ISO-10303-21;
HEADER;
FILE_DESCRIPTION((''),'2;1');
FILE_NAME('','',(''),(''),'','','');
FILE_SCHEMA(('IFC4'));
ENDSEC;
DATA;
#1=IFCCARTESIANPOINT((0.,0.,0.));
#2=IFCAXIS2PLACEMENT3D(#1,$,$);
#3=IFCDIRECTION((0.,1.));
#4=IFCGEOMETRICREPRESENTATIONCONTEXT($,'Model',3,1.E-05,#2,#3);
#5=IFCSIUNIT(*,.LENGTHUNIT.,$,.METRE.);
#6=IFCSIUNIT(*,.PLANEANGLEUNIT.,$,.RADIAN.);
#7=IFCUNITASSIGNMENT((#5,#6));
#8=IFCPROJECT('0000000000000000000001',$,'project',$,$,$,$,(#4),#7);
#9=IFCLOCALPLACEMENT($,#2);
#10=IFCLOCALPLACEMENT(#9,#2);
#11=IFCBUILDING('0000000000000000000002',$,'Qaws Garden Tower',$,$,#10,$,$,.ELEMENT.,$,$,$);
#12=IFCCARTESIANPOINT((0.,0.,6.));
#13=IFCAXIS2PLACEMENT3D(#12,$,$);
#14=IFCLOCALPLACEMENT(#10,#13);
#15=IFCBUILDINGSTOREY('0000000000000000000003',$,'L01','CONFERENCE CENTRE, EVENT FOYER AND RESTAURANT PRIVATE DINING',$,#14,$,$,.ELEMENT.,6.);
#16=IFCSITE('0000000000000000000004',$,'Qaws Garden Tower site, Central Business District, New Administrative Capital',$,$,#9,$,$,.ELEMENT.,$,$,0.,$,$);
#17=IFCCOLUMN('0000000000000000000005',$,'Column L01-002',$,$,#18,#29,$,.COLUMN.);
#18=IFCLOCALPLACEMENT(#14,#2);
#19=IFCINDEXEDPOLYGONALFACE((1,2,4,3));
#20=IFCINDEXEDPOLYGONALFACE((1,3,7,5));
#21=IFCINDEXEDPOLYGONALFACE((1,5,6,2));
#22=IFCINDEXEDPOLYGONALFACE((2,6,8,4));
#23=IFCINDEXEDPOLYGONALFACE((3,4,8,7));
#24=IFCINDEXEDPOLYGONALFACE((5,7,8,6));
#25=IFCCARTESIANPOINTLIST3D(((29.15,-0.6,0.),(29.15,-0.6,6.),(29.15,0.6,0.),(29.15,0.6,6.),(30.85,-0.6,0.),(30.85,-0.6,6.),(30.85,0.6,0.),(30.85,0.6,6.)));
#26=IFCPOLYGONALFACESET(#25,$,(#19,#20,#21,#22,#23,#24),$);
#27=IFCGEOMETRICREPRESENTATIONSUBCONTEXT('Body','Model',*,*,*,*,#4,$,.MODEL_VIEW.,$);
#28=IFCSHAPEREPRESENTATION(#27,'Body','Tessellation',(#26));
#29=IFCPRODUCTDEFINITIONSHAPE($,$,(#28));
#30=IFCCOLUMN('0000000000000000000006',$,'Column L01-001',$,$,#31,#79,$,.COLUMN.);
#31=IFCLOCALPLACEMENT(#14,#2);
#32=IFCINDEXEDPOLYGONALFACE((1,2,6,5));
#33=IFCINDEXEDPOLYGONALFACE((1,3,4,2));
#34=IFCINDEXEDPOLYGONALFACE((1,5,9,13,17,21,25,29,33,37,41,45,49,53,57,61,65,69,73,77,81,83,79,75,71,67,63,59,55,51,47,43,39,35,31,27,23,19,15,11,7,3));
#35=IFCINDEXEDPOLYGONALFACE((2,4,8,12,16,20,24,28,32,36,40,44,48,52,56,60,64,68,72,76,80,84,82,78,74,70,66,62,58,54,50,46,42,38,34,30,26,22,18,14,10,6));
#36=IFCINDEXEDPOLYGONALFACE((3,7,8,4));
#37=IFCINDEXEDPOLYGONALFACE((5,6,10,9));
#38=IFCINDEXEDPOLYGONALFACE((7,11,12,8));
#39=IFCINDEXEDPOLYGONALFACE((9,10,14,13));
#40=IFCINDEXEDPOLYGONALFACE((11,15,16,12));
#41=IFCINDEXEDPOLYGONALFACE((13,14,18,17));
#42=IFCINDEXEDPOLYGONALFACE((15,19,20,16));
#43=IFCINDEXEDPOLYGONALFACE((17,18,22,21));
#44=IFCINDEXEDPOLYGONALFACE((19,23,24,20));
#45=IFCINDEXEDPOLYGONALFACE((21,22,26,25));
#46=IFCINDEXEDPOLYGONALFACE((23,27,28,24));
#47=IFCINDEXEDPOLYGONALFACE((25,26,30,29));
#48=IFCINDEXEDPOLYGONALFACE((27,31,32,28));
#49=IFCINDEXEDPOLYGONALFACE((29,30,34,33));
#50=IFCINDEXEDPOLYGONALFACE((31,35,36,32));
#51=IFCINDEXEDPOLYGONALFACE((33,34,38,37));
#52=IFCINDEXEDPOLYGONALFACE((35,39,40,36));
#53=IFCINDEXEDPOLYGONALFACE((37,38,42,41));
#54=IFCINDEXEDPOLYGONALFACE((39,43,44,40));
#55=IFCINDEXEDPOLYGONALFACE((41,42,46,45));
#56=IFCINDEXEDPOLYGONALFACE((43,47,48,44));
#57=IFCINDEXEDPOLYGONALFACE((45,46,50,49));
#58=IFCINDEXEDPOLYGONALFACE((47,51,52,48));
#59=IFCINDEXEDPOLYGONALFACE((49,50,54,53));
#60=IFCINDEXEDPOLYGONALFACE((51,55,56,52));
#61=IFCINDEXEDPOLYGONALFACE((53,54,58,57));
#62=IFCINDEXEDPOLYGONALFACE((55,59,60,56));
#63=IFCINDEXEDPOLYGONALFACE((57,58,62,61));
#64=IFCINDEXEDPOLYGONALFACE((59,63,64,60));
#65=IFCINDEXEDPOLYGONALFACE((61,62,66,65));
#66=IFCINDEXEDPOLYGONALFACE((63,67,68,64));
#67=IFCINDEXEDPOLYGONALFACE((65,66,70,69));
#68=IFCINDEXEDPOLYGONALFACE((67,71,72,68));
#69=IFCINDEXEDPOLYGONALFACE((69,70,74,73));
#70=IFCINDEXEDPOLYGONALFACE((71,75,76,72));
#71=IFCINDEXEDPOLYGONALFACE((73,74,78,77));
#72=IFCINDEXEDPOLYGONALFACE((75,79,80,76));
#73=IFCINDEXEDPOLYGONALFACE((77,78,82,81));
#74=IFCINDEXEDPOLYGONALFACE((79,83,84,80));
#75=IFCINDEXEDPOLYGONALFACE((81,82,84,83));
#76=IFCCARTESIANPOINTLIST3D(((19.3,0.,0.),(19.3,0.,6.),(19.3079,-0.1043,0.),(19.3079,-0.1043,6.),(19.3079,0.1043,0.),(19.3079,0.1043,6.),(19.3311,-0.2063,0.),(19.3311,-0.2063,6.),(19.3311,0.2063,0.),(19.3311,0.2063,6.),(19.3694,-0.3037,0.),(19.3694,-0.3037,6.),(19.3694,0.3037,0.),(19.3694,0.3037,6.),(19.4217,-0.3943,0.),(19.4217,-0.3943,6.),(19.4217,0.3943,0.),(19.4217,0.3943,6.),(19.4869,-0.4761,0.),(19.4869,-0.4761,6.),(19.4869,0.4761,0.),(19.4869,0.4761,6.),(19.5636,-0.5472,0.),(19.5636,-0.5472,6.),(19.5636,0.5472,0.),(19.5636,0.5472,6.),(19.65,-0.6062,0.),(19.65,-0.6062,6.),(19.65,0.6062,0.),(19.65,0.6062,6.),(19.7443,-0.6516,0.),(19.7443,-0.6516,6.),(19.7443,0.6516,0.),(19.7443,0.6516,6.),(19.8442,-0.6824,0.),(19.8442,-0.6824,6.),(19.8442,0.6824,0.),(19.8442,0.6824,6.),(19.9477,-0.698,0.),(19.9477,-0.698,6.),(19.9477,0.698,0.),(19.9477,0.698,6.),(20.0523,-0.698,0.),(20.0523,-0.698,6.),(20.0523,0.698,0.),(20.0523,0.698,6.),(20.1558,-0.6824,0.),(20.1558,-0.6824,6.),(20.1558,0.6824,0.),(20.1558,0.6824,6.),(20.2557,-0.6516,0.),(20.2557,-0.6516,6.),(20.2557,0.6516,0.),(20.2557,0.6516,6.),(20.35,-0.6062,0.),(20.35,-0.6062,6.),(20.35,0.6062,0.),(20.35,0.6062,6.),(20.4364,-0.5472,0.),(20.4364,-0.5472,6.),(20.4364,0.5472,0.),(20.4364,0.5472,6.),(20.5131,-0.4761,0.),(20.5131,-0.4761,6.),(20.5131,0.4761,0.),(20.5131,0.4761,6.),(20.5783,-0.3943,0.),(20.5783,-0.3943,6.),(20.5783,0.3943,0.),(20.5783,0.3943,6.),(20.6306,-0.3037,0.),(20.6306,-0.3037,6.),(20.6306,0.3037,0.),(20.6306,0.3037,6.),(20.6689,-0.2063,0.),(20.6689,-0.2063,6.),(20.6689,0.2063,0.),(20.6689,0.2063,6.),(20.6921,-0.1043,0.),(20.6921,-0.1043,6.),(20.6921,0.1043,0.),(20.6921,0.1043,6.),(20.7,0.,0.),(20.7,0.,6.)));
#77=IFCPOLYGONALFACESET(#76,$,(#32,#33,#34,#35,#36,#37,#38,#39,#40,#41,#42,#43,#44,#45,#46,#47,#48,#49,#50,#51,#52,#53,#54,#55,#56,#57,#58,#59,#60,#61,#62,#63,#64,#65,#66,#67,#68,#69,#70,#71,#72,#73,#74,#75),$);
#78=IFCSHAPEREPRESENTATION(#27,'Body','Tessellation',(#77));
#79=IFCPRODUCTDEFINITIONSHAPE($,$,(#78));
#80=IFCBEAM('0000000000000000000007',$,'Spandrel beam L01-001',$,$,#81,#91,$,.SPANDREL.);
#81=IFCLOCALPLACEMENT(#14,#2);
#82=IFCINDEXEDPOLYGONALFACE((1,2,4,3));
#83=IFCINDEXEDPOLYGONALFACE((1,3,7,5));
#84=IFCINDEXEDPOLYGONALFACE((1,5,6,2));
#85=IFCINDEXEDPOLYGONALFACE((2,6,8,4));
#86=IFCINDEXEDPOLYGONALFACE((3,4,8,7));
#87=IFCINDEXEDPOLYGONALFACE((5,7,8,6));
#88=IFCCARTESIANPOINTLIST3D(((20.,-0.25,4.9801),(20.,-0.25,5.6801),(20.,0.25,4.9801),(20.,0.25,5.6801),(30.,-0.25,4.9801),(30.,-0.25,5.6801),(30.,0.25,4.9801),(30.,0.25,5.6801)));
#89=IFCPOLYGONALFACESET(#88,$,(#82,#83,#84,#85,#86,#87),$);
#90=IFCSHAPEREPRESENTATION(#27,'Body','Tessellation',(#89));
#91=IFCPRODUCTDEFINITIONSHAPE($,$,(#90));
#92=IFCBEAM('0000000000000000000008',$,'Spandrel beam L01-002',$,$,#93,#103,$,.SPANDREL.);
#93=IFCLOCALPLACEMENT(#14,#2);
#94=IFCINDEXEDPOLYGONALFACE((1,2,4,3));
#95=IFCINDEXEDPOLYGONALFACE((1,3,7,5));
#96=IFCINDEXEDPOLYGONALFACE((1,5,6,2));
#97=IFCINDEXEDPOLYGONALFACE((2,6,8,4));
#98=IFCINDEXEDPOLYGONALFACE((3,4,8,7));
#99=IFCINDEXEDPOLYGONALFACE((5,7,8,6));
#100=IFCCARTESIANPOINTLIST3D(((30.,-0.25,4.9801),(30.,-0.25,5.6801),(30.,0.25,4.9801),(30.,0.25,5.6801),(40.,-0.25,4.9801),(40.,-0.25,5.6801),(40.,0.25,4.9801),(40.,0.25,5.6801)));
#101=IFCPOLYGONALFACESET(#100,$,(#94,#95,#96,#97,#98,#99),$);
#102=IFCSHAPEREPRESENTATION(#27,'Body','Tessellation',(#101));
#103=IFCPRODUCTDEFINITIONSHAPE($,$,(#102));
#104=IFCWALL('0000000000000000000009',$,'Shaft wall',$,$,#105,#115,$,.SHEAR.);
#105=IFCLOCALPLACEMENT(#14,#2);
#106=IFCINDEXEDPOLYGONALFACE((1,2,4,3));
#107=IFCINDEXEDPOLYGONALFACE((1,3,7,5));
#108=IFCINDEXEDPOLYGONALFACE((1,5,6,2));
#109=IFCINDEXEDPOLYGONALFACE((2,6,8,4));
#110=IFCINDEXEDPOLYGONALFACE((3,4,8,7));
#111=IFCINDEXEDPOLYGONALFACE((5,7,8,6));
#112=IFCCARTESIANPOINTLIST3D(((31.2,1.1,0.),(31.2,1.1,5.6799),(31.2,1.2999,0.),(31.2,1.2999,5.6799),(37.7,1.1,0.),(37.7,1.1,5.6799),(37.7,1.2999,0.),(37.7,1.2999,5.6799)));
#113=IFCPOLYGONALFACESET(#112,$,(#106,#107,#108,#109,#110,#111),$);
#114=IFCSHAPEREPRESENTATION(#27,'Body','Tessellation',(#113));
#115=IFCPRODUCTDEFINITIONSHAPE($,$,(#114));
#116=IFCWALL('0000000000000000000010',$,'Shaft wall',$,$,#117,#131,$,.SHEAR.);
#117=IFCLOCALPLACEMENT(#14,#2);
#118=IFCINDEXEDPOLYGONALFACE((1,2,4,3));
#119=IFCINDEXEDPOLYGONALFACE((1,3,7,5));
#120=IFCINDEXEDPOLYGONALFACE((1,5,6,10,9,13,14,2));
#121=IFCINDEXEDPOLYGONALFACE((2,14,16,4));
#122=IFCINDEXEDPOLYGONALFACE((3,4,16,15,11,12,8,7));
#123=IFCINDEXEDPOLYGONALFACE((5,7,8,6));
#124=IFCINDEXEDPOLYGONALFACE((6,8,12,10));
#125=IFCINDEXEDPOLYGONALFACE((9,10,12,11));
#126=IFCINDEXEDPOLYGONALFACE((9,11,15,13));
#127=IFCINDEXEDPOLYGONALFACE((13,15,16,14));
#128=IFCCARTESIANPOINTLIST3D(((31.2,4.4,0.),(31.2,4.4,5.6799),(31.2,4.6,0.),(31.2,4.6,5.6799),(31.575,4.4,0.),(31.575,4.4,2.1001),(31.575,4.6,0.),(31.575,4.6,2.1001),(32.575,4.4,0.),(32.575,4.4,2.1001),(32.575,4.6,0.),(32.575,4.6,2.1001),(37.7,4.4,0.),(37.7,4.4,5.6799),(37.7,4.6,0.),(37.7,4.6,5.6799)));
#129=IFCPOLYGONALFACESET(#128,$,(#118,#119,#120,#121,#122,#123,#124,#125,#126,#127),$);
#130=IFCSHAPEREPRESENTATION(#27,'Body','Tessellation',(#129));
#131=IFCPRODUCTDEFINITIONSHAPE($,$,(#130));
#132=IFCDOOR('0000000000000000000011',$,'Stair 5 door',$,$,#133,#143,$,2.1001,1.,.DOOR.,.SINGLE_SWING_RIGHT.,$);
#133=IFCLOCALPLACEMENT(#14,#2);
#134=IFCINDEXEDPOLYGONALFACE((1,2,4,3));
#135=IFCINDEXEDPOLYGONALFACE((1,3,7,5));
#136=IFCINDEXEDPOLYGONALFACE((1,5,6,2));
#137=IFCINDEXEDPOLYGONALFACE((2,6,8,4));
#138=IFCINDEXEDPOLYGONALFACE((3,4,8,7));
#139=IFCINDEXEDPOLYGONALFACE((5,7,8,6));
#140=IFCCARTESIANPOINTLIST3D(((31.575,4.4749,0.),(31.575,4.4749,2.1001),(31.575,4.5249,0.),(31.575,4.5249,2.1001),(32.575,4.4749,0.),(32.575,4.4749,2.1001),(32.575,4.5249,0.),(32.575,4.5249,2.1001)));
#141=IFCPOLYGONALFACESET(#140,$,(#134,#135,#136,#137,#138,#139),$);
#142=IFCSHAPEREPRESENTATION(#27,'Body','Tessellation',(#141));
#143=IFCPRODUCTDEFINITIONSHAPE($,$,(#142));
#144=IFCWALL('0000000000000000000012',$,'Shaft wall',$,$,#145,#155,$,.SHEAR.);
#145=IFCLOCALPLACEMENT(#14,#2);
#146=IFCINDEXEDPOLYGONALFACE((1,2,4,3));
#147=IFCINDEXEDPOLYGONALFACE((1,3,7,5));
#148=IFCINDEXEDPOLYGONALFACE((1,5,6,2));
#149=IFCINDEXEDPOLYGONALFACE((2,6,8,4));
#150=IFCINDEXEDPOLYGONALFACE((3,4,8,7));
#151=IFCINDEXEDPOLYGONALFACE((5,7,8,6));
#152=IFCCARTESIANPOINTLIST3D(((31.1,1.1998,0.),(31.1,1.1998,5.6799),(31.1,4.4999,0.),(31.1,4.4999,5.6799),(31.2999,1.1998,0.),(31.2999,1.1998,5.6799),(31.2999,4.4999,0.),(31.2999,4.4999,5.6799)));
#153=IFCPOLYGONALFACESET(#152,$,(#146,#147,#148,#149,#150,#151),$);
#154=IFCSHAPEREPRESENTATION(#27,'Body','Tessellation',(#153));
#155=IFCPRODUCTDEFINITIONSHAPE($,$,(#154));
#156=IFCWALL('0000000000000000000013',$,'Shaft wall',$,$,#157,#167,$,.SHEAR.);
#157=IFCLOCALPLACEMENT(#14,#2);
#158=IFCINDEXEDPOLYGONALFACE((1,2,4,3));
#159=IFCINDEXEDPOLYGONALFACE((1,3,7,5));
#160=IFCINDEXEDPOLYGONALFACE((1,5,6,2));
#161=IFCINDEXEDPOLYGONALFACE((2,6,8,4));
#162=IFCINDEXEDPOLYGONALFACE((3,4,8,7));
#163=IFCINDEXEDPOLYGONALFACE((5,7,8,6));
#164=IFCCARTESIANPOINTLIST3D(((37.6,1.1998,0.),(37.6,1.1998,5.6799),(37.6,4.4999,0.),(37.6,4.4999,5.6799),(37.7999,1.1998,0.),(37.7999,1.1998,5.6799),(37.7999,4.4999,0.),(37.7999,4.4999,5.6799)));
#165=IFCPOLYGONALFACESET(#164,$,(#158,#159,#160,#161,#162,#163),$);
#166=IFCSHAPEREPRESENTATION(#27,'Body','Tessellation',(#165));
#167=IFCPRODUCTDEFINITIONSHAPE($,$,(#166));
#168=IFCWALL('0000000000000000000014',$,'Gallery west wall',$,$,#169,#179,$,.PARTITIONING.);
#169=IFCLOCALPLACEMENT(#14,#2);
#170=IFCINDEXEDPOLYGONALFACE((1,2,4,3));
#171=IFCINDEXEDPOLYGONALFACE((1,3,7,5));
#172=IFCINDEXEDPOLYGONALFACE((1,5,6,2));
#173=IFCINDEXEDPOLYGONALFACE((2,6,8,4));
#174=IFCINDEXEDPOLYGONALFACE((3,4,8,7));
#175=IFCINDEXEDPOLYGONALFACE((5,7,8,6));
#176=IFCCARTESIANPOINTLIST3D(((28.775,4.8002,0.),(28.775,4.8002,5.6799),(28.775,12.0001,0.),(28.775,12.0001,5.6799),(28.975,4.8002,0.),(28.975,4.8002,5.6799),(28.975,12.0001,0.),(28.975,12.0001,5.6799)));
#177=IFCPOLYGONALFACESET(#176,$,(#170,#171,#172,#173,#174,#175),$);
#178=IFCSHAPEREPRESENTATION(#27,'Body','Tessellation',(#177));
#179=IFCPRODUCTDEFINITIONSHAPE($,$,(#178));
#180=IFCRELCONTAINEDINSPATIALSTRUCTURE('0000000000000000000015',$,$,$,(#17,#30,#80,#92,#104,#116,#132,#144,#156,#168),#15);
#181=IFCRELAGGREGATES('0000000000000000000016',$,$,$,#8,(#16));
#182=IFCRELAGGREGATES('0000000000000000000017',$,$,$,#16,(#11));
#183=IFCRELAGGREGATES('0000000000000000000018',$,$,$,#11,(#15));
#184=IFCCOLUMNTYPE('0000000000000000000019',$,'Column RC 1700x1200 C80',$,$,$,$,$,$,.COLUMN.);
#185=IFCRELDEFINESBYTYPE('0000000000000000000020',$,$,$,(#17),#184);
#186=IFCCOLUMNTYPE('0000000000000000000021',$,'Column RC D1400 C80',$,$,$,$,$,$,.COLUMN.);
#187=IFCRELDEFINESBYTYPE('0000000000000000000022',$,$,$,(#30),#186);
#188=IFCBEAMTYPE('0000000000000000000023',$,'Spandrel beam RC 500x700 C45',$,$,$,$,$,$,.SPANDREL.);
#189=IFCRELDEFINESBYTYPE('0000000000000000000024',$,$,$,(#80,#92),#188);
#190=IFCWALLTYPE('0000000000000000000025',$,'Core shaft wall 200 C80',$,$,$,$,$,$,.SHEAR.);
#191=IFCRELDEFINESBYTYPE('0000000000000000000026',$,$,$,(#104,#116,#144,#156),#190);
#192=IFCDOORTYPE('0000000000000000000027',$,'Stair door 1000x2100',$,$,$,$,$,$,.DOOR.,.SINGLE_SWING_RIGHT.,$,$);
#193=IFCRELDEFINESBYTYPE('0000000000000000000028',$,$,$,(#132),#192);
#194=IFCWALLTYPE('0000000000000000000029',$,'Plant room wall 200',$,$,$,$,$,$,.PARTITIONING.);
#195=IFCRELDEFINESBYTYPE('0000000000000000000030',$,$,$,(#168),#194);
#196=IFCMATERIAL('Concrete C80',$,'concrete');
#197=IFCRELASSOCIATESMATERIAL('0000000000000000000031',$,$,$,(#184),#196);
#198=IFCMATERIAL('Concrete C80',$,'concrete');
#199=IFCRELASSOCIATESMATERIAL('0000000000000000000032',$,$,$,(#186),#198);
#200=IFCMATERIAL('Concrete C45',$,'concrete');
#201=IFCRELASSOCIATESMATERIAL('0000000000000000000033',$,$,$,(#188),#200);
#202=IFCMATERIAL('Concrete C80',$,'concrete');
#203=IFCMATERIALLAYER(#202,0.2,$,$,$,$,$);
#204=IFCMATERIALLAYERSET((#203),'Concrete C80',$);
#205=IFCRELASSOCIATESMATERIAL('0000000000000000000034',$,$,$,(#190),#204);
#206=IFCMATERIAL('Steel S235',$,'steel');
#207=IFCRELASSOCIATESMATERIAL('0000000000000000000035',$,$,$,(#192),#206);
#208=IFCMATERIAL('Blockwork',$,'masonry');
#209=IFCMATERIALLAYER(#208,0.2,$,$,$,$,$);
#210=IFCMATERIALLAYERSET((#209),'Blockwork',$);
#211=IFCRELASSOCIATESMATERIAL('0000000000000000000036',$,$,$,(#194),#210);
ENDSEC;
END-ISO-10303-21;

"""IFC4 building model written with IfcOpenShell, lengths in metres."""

from ifc_helpers import new_model, si_unit, direction, frame, frame_2d, origin, origin_2d, place, context, subcontext, project, spatial, rectangle, circle, extrude, material, layer, layer_set, material_profile, profile_set, type_object, element, fill, save


model = new_model("IFC4")

# Units and contexts
model_context = context("Model", 3, precision=1e-05, world=origin(), true_north=direction((0.0, 1.0)))
body_context = subcontext(model_context, "Body", "Model", "MODEL_VIEW")
ifc_project = project(units=[si_unit("LENGTHUNIT", "METRE"), si_unit("PLANEANGLEUNIT", "RADIAN")], contexts=[model_context])

# Site, building, storey
site_placement = place(None, origin())
site = spatial("IfcSite", under=ifc_project, at=site_placement, Name="Qaws Garden Tower site, Central Business District, New Administrative Capital", CompositionType="ELEMENT", RefElevation=0.0)
building_placement = place(site_placement, origin())
building = spatial("IfcBuilding", under=site, at=building_placement, Name="Qaws Garden Tower", CompositionType="ELEMENT")
storey_placement = place(building_placement, frame((0.0, 0.0, 6.0)))
storey = spatial("IfcBuildingStorey", under=building, at=storey_placement, Name="L01", Description="CONFERENCE CENTRE, EVENT FOYER AND RESTAURANT PRIVATE DINING", CompositionType="ELEMENT", Elevation=6.0)

# Columns
ifc_material_1 = material(Name="Concrete C80", Category="concrete")
ifc_material_profile_1 = material_profile(ifc_material_1, rectangle(XDim=1.7, YDim=1.2, at=origin_2d()), Name="RC 1700x1200")
ifc_profile_set_1 = profile_set([ifc_material_profile_1], Name="Concrete C80")
column_type_1 = type_object("IfcColumnType", Name="Column RC 1700x1200 C80", PredefinedType="COLUMN", material=ifc_profile_set_1)
column_1_placement = place(storey_placement, frame((30.0, 0.0, 0.0), z_axis=(0.0, 0.0, 1.0), x_axis=(1.0, 0.0, 0.0)))
element("IfcColumn", 1, at=column_1_placement, inside=storey, type_object=column_type_1, Name="Column L01-002", PredefinedType="COLUMN", context=body_context, shape_type="SweptSolid", body=[
    extrude(rectangle(XDim=1.7, YDim=1.2, at=origin_2d()), origin(), (0.0, 0.0, 1.0), 6.0),
])
ifc_material_2 = material(Name="Concrete C80", Category="concrete")
ifc_material_profile_2 = material_profile(ifc_material_2, circle(Radius=0.7, at=origin_2d()), Name="RC D1400")
ifc_profile_set_2 = profile_set([ifc_material_profile_2], Name="Concrete C80")
column_type_2 = type_object("IfcColumnType", Name="Column RC D1400 C80", PredefinedType="COLUMN", material=ifc_profile_set_2)
column_2_placement = place(storey_placement, frame((20.0, 0.0, 0.0), z_axis=(0.0, 0.0, 1.0), x_axis=(1.0, 0.0, 0.0)))
element("IfcColumn", 2, at=column_2_placement, inside=storey, type_object=column_type_2, Name="Column L01-001", PredefinedType="COLUMN", context=body_context, shape_type="SweptSolid", body=[
    extrude(circle(Radius=0.7, at=origin_2d()), origin(), (0.0, 0.0, 1.0), 6.0),
])

# Beams
ifc_material_3 = material(Name="Concrete C45", Category="concrete")
ifc_material_profile_3 = material_profile(ifc_material_3, rectangle(XDim=0.5, YDim=0.7, at=origin_2d()), Name="RC 500x700")
ifc_profile_set_3 = profile_set([ifc_material_profile_3], Name="Concrete C45")
beam_type = type_object("IfcBeamType", Name="Spandrel beam RC 500x700 C45", PredefinedType="SPANDREL", material=ifc_profile_set_3)
for number, where, z_axis, x_axis, name in (
    (3, (20.0, 0.0, 5.3301), (1.0, 0.0, 0.0), (0.0, 1.0, 0.0), "Spandrel beam L01-001"),
    (4, (30.0, 0.0, 5.3301), (1.0, 0.0, 0.0), (0.0, 1.0, 0.0), "Spandrel beam L01-002"),
):
    element("IfcBeam", number, at=place(storey_placement, frame(where, z_axis=z_axis, x_axis=x_axis)), inside=storey, type_object=beam_type, Name=name, PredefinedType="SPANDREL", context=body_context, shape_type="SweptSolid", body=[
        extrude(rectangle(XDim=0.5, YDim=0.7, at=origin_2d()), origin(), (0.0, 0.0, 1.0), 10.0),
    ])

# Wall
ifc_material_4 = material(Name="Concrete C80", Category="concrete")
ifc_layer_1 = layer(ifc_material_4, 0.2)
ifc_layer_set_1 = layer_set([ifc_layer_1], Name="Concrete C80")
wall_type_1 = type_object("IfcWallType", Name="Core shaft wall 200 C80", PredefinedType="SHEAR", material=ifc_layer_set_1)
wall_1_placement = place(storey_placement, frame((31.2, 1.2, 0.0), z_axis=(0.0, 0.0, 1.0), x_axis=(1.0, 0.0, 0.0)))
element("IfcWall", 5, at=wall_1_placement, inside=storey, type_object=wall_type_1, Name="Shaft wall", PredefinedType="SHEAR", context=body_context, shape_type="SweptSolid", body=[
    extrude(rectangle(XDim=6.5, YDim=0.2, at=frame_2d((3.25, 0.0))), origin(), (0.0, 0.0, 1.0), 5.6799),
])

# Wall, opening, door
wall_2_placement = place(storey_placement, frame((31.2, 4.5, 0.0), z_axis=(0.0, 0.0, 1.0), x_axis=(1.0, 0.0, 0.0)))
wall_2 = element("IfcWall", 6, at=wall_2_placement, inside=storey, type_object=wall_type_1, Name="Shaft wall", PredefinedType="SHEAR", context=body_context, shape_type="SweptSolid", body=[
    extrude(rectangle(XDim=6.5, YDim=0.2, at=frame_2d((3.25, 0.0))), origin(), (0.0, 0.0, 1.0), 5.6799),
])
opening_1_placement = place(wall_2_placement, frame((0.375, 0.0, 0.0)))
opening_1 = element("IfcOpeningElement", 7, at=opening_1_placement, cuts=wall_2, PredefinedType="OPENING", context=body_context, shape_type="SweptSolid", body=[
    extrude(rectangle(XDim=1.0, YDim=2.1001, at=frame_2d((0.5, 1.05))), frame((0.0, 0.1099, 0.0), z_axis=(0.0, -1.0, 0.0), x_axis=(1.0, 0.0, 0.0)), (0.0, 0.0, 1.0), 0.22),
])
ifc_material_5 = material(Name="Steel S235", Category="steel")
door_type = type_object("IfcDoorType", Name="Stair door 1000x2100", OperationType="SINGLE_SWING_RIGHT", PredefinedType="DOOR", material=ifc_material_5)
door_placement = place(opening_1_placement, origin())
door = element("IfcDoor", 8, at=door_placement, inside=storey, type_object=door_type, Name="Stair 5 door", OperationType="SINGLE_SWING_RIGHT", OverallHeight=2.1001, OverallWidth=1.0, PredefinedType="DOOR", context=body_context, shape_type="SweptSolid", body=[
    extrude(rectangle(XDim=1.0, YDim=2.1001, at=frame_2d((0.5, 1.05))), frame((0.0, 0.0249, 0.0), z_axis=(0.0, -1.0, 0.0), x_axis=(1.0, 0.0, 0.0)), (0.0, 0.0, 1.0), 0.05),
])
fill(opening_1, door)

# Walls
for number, where, z_axis, x_axis, name in (
    (9, (31.2, 1.2, 0.0), (0.0, 0.0, 1.0), (0.0, 1.0, 0.0), "Shaft wall"),
    (10, (37.7, 1.2, 0.0), (0.0, 0.0, 1.0), (0.0, 1.0, 0.0), "Shaft wall"),
):
    element("IfcWall", number, at=place(storey_placement, frame(where, z_axis=z_axis, x_axis=x_axis)), inside=storey, type_object=wall_type_1, Name=name, PredefinedType="SHEAR", context=body_context, shape_type="SweptSolid", body=[
        extrude(rectangle(XDim=3.3, YDim=0.2, at=frame_2d((1.6499, 0.0))), origin(), (0.0, 0.0, 1.0), 5.6799),
    ])
ifc_material_6 = material(Name="Blockwork", Category="masonry")
ifc_layer_2 = layer(ifc_material_6, 0.2)
ifc_layer_set_2 = layer_set([ifc_layer_2], Name="Blockwork")
wall_type_2 = type_object("IfcWallType", Name="Plant room wall 200", PredefinedType="PARTITIONING", material=ifc_layer_set_2)
wall_3_placement = place(storey_placement, frame((28.875, 4.8, 0.0), z_axis=(0.0, 0.0, 1.0), x_axis=(0.0, 1.0, 0.0)))
element("IfcWall", 11, at=wall_3_placement, inside=storey, type_object=wall_type_2, Name="Gallery west wall", PredefinedType="PARTITIONING", context=body_context, shape_type="SweptSolid", body=[
    extrude(rectangle(XDim=7.2, YDim=0.2, at=frame_2d((3.6001, 0.0))), origin(), (0.0, 0.0, 1.0), 5.6799),
])

save(model, "model.ifc")
